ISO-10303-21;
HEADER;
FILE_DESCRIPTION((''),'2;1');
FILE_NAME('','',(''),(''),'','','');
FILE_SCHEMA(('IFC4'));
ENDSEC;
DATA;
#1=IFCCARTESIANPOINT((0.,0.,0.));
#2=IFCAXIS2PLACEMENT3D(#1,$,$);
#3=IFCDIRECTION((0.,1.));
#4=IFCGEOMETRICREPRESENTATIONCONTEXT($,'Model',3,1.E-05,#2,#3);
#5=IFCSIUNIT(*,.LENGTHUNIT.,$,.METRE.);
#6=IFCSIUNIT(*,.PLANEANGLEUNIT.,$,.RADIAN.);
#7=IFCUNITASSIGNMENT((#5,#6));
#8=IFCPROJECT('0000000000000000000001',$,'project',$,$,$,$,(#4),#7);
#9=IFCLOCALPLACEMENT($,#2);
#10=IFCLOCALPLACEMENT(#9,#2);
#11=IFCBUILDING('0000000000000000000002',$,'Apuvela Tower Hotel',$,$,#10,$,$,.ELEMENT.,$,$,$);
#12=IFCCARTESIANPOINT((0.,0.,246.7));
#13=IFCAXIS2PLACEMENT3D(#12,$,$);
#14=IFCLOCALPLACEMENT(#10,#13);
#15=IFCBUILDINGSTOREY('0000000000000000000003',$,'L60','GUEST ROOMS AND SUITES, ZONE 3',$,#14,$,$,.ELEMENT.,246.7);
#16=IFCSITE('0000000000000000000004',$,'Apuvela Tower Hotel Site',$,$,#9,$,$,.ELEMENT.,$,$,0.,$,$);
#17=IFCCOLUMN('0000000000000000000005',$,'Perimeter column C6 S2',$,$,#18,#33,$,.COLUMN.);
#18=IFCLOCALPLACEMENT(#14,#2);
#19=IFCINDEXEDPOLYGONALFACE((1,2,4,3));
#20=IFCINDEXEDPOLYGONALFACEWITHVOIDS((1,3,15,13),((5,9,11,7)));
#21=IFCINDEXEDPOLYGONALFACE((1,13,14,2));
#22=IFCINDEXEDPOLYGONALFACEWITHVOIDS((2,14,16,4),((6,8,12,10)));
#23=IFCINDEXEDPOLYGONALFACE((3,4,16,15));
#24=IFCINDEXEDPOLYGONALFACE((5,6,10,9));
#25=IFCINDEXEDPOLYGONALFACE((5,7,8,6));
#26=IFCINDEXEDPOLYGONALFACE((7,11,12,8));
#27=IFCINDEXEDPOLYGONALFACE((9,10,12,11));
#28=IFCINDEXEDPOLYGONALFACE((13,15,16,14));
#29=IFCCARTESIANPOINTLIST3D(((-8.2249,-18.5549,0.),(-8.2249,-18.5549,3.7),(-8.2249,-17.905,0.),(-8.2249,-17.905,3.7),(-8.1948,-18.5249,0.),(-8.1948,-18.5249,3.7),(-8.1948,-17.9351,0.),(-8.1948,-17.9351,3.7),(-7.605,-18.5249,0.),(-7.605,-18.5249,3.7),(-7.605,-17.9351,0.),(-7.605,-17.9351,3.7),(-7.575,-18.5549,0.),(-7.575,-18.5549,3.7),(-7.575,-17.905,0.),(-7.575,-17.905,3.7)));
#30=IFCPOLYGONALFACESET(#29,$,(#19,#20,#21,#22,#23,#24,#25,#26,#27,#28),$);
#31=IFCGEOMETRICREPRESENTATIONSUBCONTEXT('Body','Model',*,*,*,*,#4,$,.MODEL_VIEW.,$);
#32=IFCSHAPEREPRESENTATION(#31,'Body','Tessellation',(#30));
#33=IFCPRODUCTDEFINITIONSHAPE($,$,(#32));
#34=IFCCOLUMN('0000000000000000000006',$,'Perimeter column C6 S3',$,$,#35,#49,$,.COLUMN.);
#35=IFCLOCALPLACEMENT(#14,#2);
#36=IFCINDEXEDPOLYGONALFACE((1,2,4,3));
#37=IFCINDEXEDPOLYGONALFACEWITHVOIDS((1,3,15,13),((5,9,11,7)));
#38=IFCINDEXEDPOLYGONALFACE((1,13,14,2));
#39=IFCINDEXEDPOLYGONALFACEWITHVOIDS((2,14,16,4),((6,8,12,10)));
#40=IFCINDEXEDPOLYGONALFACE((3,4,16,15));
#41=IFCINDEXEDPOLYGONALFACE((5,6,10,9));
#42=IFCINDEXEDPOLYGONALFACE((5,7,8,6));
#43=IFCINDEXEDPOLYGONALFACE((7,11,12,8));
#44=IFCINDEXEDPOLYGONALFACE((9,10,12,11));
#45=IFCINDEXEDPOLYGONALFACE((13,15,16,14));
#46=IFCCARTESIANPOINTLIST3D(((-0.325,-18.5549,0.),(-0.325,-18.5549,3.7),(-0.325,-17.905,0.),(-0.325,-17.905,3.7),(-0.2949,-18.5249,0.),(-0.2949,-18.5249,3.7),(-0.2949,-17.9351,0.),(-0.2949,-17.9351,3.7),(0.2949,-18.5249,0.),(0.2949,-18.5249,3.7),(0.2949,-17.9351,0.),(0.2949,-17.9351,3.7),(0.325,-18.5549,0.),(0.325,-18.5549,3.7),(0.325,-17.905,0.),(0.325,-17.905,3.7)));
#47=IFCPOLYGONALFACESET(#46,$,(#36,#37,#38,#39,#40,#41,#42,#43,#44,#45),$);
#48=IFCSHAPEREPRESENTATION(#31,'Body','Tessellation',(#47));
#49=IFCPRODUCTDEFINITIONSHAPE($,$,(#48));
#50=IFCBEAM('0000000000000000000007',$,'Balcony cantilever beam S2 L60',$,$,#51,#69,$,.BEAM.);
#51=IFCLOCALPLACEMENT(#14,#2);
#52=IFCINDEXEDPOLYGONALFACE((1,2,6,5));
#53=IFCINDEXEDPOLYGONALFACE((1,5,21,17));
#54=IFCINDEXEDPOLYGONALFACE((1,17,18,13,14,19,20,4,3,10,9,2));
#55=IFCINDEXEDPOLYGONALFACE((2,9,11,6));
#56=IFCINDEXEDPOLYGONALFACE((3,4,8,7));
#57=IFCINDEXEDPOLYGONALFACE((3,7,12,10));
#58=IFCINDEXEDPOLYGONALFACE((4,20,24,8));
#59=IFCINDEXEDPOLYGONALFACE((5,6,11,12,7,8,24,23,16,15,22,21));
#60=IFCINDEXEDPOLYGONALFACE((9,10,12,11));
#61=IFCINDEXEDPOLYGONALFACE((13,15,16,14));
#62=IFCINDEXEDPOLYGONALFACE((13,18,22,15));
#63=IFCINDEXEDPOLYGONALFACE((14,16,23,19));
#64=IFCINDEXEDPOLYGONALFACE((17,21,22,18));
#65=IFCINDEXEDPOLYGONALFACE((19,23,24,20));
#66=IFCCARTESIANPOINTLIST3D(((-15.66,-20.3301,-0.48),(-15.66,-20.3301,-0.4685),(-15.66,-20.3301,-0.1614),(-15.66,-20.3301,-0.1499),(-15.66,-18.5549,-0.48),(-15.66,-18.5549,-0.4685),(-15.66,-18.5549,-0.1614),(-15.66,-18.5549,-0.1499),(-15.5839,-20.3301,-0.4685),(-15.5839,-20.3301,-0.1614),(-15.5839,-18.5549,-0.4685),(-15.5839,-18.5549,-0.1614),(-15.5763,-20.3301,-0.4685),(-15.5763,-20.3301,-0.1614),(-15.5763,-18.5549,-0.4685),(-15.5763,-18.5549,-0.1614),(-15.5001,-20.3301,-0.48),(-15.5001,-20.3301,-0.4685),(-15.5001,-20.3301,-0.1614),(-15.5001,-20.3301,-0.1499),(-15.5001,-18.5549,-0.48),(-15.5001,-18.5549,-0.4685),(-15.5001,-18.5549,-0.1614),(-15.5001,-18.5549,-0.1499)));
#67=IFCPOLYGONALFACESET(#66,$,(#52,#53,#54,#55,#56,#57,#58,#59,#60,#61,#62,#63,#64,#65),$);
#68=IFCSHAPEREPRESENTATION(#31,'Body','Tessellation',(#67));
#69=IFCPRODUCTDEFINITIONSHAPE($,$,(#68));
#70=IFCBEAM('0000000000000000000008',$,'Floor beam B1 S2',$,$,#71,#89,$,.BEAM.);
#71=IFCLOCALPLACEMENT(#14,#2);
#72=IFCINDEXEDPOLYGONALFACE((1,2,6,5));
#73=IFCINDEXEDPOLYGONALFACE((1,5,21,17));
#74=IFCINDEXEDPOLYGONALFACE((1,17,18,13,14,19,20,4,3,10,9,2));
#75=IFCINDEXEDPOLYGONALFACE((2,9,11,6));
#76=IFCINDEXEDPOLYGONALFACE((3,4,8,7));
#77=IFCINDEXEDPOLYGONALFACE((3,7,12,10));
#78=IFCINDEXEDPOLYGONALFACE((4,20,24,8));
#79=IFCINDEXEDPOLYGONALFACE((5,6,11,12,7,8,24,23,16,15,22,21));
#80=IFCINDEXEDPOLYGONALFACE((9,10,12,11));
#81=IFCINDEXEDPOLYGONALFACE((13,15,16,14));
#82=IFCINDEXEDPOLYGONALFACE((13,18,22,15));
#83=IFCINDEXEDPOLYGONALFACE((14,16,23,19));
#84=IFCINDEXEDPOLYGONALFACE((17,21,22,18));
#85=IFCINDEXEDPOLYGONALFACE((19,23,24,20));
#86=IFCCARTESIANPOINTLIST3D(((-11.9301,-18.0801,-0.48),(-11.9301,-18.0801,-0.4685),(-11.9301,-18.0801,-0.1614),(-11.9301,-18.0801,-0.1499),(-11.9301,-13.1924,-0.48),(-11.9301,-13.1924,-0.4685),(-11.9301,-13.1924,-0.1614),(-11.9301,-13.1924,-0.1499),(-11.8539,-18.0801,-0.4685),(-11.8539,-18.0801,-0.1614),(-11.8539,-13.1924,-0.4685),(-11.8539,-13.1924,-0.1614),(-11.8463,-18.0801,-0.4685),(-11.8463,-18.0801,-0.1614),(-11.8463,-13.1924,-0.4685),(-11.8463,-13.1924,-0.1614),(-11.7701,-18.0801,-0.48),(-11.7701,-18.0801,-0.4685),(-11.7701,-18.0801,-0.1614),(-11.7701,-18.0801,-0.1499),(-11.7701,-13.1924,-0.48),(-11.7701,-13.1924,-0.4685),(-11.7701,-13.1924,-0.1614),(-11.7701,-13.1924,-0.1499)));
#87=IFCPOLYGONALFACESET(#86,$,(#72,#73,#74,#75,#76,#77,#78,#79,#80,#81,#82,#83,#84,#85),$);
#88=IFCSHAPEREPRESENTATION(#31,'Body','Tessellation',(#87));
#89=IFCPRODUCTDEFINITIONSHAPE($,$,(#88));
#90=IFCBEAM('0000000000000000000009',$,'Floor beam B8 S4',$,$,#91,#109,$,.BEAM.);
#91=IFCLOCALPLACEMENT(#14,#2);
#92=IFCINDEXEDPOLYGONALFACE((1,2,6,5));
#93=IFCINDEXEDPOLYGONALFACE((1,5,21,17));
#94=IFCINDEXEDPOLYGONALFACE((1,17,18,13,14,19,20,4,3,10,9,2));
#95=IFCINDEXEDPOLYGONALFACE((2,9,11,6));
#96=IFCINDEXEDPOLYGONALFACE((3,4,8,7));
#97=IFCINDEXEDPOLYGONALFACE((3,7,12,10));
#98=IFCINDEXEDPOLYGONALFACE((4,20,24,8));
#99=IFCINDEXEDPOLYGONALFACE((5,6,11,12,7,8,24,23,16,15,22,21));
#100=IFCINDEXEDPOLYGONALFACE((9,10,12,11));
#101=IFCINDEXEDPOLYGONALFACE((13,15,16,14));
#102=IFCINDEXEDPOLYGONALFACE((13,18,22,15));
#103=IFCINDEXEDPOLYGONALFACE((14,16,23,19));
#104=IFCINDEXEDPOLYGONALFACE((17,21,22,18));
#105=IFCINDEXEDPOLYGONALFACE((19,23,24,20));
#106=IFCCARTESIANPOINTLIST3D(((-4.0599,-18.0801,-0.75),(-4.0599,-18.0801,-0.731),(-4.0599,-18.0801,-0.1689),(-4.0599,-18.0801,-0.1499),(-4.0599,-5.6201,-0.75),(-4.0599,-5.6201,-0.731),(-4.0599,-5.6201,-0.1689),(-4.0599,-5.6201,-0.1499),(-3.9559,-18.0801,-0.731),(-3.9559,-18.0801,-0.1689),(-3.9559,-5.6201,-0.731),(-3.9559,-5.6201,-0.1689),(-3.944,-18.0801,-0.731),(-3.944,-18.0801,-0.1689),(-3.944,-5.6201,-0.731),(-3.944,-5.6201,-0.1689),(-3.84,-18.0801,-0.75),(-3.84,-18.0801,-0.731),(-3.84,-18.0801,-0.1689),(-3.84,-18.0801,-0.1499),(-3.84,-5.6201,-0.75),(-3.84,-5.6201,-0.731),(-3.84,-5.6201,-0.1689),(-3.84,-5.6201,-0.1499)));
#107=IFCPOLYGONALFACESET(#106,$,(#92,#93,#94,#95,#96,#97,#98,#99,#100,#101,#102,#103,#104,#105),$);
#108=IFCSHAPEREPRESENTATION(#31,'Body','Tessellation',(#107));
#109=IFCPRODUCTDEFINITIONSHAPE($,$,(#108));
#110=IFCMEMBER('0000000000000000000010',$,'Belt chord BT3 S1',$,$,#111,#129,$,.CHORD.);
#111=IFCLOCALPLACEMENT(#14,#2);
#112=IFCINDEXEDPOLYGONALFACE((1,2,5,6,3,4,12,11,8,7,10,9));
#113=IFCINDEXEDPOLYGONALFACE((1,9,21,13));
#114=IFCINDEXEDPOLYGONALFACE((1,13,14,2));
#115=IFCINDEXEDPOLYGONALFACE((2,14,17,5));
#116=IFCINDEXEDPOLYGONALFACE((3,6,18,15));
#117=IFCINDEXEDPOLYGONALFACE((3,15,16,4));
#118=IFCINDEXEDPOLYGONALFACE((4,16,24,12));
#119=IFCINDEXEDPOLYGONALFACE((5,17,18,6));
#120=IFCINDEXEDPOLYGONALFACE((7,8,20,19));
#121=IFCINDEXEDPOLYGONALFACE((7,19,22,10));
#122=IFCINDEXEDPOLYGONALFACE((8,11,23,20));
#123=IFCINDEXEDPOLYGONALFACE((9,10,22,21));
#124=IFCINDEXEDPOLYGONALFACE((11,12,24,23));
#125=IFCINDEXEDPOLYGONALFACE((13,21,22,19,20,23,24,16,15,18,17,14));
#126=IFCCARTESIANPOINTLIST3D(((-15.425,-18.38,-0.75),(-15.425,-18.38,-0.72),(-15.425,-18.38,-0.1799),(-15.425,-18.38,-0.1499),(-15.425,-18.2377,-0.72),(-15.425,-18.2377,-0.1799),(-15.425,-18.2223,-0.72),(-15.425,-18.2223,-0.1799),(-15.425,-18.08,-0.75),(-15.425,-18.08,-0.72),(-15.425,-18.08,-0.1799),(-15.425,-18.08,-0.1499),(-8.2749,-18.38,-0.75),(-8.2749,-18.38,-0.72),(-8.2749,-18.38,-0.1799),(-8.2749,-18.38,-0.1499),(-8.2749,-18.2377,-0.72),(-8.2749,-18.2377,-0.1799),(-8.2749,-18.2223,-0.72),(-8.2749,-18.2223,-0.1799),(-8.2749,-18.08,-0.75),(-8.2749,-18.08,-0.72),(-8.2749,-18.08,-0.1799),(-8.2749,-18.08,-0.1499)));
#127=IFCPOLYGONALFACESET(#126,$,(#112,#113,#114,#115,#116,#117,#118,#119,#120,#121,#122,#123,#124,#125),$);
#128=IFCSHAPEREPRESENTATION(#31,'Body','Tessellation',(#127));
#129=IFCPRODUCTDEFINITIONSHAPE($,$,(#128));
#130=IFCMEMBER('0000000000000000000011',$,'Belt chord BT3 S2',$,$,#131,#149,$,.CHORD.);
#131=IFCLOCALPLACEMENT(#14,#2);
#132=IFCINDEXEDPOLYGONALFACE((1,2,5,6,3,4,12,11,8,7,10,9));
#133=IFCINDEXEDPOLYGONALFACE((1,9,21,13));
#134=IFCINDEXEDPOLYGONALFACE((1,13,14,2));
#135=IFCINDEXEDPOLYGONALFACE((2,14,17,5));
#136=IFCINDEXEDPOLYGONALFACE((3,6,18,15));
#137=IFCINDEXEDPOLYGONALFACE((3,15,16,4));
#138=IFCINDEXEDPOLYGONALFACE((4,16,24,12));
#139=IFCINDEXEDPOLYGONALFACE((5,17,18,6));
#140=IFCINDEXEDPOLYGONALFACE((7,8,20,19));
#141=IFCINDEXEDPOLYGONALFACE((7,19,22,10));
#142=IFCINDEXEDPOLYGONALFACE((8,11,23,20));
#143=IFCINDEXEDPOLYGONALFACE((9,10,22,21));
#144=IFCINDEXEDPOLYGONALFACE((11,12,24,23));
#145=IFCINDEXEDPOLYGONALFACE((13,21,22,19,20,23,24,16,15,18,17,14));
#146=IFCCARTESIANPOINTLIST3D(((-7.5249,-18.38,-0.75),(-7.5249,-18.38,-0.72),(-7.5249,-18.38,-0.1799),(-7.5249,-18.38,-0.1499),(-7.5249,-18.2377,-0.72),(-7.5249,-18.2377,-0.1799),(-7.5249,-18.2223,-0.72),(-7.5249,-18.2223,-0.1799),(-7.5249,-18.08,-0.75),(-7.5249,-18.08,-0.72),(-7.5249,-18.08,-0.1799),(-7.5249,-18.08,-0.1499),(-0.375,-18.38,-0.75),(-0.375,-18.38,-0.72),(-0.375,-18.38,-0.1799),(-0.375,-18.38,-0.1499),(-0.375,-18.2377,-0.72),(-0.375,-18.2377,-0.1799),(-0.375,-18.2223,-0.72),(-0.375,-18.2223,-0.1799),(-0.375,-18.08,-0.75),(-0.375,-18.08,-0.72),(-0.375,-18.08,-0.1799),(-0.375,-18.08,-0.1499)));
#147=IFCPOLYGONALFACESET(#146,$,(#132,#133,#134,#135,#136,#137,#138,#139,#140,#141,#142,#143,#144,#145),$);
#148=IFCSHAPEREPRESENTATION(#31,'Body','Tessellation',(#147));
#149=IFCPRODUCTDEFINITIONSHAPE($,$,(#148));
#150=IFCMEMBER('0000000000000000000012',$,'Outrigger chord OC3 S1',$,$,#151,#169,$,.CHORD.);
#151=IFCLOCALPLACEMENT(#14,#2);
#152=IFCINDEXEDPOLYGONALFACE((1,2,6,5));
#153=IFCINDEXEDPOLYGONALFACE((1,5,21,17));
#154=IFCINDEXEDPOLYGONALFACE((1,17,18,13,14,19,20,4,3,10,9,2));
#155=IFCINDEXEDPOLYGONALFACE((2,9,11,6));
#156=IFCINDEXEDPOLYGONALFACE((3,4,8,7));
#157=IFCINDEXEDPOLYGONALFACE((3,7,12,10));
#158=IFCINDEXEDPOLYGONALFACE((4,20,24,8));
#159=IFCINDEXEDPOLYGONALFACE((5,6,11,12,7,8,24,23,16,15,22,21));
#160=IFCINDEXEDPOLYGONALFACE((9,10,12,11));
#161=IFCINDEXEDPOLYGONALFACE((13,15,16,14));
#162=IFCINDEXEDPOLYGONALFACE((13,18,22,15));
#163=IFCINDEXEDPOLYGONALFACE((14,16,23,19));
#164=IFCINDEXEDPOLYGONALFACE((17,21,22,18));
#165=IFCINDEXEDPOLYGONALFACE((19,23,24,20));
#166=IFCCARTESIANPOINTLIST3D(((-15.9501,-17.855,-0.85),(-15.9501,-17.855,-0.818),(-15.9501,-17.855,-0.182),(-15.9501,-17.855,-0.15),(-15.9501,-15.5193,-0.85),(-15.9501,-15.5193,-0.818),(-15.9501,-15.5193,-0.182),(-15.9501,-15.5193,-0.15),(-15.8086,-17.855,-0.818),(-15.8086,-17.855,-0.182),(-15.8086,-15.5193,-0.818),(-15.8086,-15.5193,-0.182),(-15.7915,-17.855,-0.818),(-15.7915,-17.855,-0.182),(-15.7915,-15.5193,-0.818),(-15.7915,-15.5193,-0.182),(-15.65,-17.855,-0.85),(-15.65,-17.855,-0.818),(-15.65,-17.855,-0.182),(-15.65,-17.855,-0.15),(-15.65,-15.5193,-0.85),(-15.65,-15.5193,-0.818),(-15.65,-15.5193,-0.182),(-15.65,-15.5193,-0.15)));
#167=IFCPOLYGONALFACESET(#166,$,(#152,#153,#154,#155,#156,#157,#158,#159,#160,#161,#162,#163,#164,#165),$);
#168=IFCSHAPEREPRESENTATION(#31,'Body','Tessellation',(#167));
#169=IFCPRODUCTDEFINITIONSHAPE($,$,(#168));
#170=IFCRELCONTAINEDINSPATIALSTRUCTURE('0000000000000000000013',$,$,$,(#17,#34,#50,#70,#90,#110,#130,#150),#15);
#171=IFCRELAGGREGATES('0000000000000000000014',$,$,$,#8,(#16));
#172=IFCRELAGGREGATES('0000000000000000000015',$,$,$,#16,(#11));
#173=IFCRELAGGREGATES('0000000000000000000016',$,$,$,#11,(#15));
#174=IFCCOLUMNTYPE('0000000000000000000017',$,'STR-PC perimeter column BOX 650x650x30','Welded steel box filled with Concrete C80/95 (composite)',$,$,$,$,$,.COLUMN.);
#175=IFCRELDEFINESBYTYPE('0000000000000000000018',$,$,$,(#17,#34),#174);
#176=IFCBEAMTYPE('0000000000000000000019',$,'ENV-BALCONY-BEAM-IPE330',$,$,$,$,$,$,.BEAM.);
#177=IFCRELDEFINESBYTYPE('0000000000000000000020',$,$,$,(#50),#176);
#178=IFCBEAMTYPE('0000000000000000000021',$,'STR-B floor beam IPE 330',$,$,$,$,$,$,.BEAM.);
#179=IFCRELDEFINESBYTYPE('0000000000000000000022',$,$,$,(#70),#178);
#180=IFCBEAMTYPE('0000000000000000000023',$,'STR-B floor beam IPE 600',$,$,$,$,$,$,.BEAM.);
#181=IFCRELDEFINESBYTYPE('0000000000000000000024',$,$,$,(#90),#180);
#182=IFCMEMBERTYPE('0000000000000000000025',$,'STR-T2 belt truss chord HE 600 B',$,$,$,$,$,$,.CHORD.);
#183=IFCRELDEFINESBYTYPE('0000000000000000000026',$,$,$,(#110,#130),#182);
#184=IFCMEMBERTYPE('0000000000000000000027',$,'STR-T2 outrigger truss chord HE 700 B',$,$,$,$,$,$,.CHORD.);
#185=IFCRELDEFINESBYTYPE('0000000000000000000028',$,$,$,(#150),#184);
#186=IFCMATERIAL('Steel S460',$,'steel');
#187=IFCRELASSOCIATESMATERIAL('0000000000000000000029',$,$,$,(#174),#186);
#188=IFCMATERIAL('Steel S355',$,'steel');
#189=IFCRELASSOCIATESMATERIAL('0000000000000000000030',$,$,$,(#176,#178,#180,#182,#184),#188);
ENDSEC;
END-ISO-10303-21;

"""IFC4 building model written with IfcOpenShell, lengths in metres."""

from ifc_helpers import new_model, si_unit, direction, frame, origin, origin_2d, place, context, subcontext, project, spatial, rectangle, hollow_rectangle, i_section, extrude, material, material_profile, profile_set, type_object, element, save


model = new_model("IFC4")

# Units and contexts
model_context = context("Model", 3, precision=1e-05, world=origin(), true_north=direction((0.0, 1.0)))
body_context = subcontext(model_context, "Body", "Model", "MODEL_VIEW")
ifc_project = project(units=[si_unit("LENGTHUNIT", "METRE"), si_unit("PLANEANGLEUNIT", "RADIAN")], contexts=[model_context])

# Site, building, storey
site_placement = place(None, origin())
site = spatial("IfcSite", under=ifc_project, at=site_placement, Name="Apuvela Tower Hotel Site", CompositionType="ELEMENT", RefElevation=0.0)
building_placement = place(site_placement, origin())
building = spatial("IfcBuilding", under=site, at=building_placement, Name="Apuvela Tower Hotel", CompositionType="ELEMENT")
storey_placement = place(building_placement, frame((0.0, 0.0, 246.7)))
storey = spatial("IfcBuildingStorey", under=building, at=storey_placement, Name="L60", Description="GUEST ROOMS AND SUITES, ZONE 3", CompositionType="ELEMENT", Elevation=246.7)

# Columns
ifc_material_1 = material(Name="Steel S460", Category="steel")
ifc_material_profile_1 = material_profile(ifc_material_1, hollow_rectangle(XDim=0.6499, YDim=0.6499, WallThickness=0.03, at=origin_2d()), Name="BOX 650x650x30")
ifc_material_2 = material(Name="Concrete C80/95", Category="concrete")
ifc_material_profile_2 = material_profile(ifc_material_2, rectangle(XDim=0.5901, YDim=0.5901, at=origin_2d()), Name="Concrete C80/95 infill")
ifc_profile_set_1 = profile_set([ifc_material_profile_1, ifc_material_profile_2], Name="Steel S460")
column_type = type_object("IfcColumnType", Name="STR-PC perimeter column BOX 650x650x30", Description="Welded steel box filled with Concrete C80/95 (composite)", PredefinedType="COLUMN", material=ifc_profile_set_1)
for number, where, z_axis, x_axis, name in (
    (1, (-7.8999, -18.23, 0.0), (0.0, 0.0, 1.0), (-1.0, 0.0, 0.0), "Perimeter column C6 S2"),
    (2, (0.0, -18.23, 0.0), (0.0, 0.0, 1.0), (-1.0, 0.0, 0.0), "Perimeter column C6 S3"),
):
    element("IfcColumn", number, at=place(storey_placement, frame(where, z_axis=z_axis, x_axis=x_axis)), inside=storey, type_object=column_type, Name=name, PredefinedType="COLUMN", context=body_context, shape_type="SweptSolid", body=[
        extrude(hollow_rectangle(XDim=0.6499, YDim=0.6499, WallThickness=0.03, at=origin_2d()), origin(), (0.0, 0.0, 1.0), 3.7),
    ])

# Beams
ifc_material_3 = material(Name="Steel S355", Category="steel")
ifc_material_profile_3 = material_profile(ifc_material_3, i_section(OverallWidth=0.1599, OverallDepth=0.3301, WebThickness=0.0076, FlangeThickness=0.0115, at=origin_2d()), Name="IPE 330")
ifc_profile_set_2 = profile_set([ifc_material_profile_3], Name="Steel S355")
beam_type_1 = type_object("IfcBeamType", Name="ENV-BALCONY-BEAM-IPE330", PredefinedType="BEAM", material=ifc_profile_set_2)
beam_1_placement = place(storey_placement, frame((-15.5801, -18.5549, -0.3149), z_axis=(0.0, -1.0, 0.0), x_axis=(1.0, 0.0, 0.0)))
element("IfcBeam", 3, at=beam_1_placement, inside=storey, type_object=beam_type_1, Name="Balcony cantilever beam S2 L60", PredefinedType="BEAM", context=body_context, shape_type="SweptSolid", body=[
    extrude(i_section(OverallWidth=0.1599, OverallDepth=0.3301, WebThickness=0.0076, FlangeThickness=0.0115, at=origin_2d()), origin(), (0.0, 0.0, 1.0), 1.7751),
])
ifc_material_profile_4 = material_profile(ifc_material_3, i_section(OverallWidth=0.1599, OverallDepth=0.3301, WebThickness=0.0076, FlangeThickness=0.0115, at=origin_2d()), Name="IPE 330")
ifc_profile_set_3 = profile_set([ifc_material_profile_4], Name="Steel S355")
beam_type_2 = type_object("IfcBeamType", Name="STR-B floor beam IPE 330", PredefinedType="BEAM", material=ifc_profile_set_3)
beam_2_placement = place(storey_placement, frame((-11.8501, -18.0801, -0.3149), z_axis=(0.0, 1.0, 0.0), x_axis=(-1.0, 0.0, 0.0)))
element("IfcBeam", 4, at=beam_2_placement, inside=storey, type_object=beam_type_2, Name="Floor beam B1 S2", PredefinedType="BEAM", context=body_context, shape_type="SweptSolid", body=[
    extrude(i_section(OverallWidth=0.1599, OverallDepth=0.3301, WebThickness=0.0076, FlangeThickness=0.0115, at=origin_2d()), origin(), (0.0, 0.0, 1.0), 4.8877),
])
ifc_material_profile_5 = material_profile(ifc_material_3, i_section(OverallWidth=0.22, OverallDepth=0.6001, WebThickness=0.012, FlangeThickness=0.019, at=origin_2d()), Name="IPE 600")
ifc_profile_set_4 = profile_set([ifc_material_profile_5], Name="Steel S355")
beam_type_3 = type_object("IfcBeamType", Name="STR-B floor beam IPE 600", PredefinedType="BEAM", material=ifc_profile_set_4)
beam_3_placement = place(storey_placement, frame((-3.95, -18.0801, -0.45), z_axis=(0.0, 1.0, 0.0), x_axis=(-1.0, 0.0, 0.0)))
element("IfcBeam", 5, at=beam_3_placement, inside=storey, type_object=beam_type_3, Name="Floor beam B8 S4", PredefinedType="BEAM", context=body_context, shape_type="SweptSolid", body=[
    extrude(i_section(OverallWidth=0.22, OverallDepth=0.6001, WebThickness=0.012, FlangeThickness=0.019, at=origin_2d()), origin(), (0.0, 0.0, 1.0), 12.46),
])

# Members
ifc_material_profile_6 = material_profile(ifc_material_3, i_section(OverallWidth=0.3, OverallDepth=0.6001, WebThickness=0.0154, FlangeThickness=0.03, at=origin_2d()), Name="HE 600 B")
ifc_profile_set_5 = profile_set([ifc_material_profile_6], Name="Steel S355")
member_type_1 = type_object("IfcMemberType", Name="STR-T2 belt truss chord HE 600 B", PredefinedType="CHORD", material=ifc_profile_set_5)
member_1_placement = place(storey_placement, frame((-15.425, -18.23, -0.45), z_axis=(1.0, 0.0, 0.0), x_axis=(0.0, 1.0, 0.0)))
element("IfcMember", 6, at=member_1_placement, inside=storey, type_object=member_type_1, Name="Belt chord BT3 S1", PredefinedType="CHORD", context=body_context, shape_type="SweptSolid", body=[
    extrude(i_section(OverallWidth=0.3, OverallDepth=0.6001, WebThickness=0.0154, FlangeThickness=0.03, at=origin_2d()), origin(), (0.0, 0.0, 1.0), 7.1501),
])
member_2_placement = place(storey_placement, frame((-7.5249, -18.23, -0.45), z_axis=(1.0, 0.0, 0.0), x_axis=(0.0, 1.0, 0.0)))
element("IfcMember", 7, at=member_2_placement, inside=storey, type_object=member_type_1, Name="Belt chord BT3 S2", PredefinedType="CHORD", context=body_context, shape_type="SweptSolid", body=[
    extrude(i_section(OverallWidth=0.3, OverallDepth=0.6001, WebThickness=0.0154, FlangeThickness=0.03, at=origin_2d()), origin(), (0.0, 0.0, 1.0), 7.1499),
])
ifc_material_profile_7 = material_profile(ifc_material_3, i_section(OverallWidth=0.3, OverallDepth=0.7, WebThickness=0.0171, FlangeThickness=0.032, at=origin_2d()), Name="HE 700 B")
ifc_profile_set_6 = profile_set([ifc_material_profile_7], Name="Steel S355")
member_type_2 = type_object("IfcMemberType", Name="STR-T2 outrigger truss chord HE 700 B", PredefinedType="CHORD", material=ifc_profile_set_6)
member_3_placement = place(storey_placement, frame((-15.8, -17.855, -0.5), z_axis=(0.0, 1.0, 0.0), x_axis=(-1.0, 0.0, 0.0)))
element("IfcMember", 8, at=member_3_placement, inside=storey, type_object=member_type_2, Name="Outrigger chord OC3 S1", PredefinedType="CHORD", context=body_context, shape_type="SweptSolid", body=[
    extrude(i_section(OverallWidth=0.3, OverallDepth=0.7, WebThickness=0.0171, FlangeThickness=0.032, at=origin_2d()), origin(), (0.0, 0.0, 1.0), 2.3357),
])

save(model, "model.ifc")
